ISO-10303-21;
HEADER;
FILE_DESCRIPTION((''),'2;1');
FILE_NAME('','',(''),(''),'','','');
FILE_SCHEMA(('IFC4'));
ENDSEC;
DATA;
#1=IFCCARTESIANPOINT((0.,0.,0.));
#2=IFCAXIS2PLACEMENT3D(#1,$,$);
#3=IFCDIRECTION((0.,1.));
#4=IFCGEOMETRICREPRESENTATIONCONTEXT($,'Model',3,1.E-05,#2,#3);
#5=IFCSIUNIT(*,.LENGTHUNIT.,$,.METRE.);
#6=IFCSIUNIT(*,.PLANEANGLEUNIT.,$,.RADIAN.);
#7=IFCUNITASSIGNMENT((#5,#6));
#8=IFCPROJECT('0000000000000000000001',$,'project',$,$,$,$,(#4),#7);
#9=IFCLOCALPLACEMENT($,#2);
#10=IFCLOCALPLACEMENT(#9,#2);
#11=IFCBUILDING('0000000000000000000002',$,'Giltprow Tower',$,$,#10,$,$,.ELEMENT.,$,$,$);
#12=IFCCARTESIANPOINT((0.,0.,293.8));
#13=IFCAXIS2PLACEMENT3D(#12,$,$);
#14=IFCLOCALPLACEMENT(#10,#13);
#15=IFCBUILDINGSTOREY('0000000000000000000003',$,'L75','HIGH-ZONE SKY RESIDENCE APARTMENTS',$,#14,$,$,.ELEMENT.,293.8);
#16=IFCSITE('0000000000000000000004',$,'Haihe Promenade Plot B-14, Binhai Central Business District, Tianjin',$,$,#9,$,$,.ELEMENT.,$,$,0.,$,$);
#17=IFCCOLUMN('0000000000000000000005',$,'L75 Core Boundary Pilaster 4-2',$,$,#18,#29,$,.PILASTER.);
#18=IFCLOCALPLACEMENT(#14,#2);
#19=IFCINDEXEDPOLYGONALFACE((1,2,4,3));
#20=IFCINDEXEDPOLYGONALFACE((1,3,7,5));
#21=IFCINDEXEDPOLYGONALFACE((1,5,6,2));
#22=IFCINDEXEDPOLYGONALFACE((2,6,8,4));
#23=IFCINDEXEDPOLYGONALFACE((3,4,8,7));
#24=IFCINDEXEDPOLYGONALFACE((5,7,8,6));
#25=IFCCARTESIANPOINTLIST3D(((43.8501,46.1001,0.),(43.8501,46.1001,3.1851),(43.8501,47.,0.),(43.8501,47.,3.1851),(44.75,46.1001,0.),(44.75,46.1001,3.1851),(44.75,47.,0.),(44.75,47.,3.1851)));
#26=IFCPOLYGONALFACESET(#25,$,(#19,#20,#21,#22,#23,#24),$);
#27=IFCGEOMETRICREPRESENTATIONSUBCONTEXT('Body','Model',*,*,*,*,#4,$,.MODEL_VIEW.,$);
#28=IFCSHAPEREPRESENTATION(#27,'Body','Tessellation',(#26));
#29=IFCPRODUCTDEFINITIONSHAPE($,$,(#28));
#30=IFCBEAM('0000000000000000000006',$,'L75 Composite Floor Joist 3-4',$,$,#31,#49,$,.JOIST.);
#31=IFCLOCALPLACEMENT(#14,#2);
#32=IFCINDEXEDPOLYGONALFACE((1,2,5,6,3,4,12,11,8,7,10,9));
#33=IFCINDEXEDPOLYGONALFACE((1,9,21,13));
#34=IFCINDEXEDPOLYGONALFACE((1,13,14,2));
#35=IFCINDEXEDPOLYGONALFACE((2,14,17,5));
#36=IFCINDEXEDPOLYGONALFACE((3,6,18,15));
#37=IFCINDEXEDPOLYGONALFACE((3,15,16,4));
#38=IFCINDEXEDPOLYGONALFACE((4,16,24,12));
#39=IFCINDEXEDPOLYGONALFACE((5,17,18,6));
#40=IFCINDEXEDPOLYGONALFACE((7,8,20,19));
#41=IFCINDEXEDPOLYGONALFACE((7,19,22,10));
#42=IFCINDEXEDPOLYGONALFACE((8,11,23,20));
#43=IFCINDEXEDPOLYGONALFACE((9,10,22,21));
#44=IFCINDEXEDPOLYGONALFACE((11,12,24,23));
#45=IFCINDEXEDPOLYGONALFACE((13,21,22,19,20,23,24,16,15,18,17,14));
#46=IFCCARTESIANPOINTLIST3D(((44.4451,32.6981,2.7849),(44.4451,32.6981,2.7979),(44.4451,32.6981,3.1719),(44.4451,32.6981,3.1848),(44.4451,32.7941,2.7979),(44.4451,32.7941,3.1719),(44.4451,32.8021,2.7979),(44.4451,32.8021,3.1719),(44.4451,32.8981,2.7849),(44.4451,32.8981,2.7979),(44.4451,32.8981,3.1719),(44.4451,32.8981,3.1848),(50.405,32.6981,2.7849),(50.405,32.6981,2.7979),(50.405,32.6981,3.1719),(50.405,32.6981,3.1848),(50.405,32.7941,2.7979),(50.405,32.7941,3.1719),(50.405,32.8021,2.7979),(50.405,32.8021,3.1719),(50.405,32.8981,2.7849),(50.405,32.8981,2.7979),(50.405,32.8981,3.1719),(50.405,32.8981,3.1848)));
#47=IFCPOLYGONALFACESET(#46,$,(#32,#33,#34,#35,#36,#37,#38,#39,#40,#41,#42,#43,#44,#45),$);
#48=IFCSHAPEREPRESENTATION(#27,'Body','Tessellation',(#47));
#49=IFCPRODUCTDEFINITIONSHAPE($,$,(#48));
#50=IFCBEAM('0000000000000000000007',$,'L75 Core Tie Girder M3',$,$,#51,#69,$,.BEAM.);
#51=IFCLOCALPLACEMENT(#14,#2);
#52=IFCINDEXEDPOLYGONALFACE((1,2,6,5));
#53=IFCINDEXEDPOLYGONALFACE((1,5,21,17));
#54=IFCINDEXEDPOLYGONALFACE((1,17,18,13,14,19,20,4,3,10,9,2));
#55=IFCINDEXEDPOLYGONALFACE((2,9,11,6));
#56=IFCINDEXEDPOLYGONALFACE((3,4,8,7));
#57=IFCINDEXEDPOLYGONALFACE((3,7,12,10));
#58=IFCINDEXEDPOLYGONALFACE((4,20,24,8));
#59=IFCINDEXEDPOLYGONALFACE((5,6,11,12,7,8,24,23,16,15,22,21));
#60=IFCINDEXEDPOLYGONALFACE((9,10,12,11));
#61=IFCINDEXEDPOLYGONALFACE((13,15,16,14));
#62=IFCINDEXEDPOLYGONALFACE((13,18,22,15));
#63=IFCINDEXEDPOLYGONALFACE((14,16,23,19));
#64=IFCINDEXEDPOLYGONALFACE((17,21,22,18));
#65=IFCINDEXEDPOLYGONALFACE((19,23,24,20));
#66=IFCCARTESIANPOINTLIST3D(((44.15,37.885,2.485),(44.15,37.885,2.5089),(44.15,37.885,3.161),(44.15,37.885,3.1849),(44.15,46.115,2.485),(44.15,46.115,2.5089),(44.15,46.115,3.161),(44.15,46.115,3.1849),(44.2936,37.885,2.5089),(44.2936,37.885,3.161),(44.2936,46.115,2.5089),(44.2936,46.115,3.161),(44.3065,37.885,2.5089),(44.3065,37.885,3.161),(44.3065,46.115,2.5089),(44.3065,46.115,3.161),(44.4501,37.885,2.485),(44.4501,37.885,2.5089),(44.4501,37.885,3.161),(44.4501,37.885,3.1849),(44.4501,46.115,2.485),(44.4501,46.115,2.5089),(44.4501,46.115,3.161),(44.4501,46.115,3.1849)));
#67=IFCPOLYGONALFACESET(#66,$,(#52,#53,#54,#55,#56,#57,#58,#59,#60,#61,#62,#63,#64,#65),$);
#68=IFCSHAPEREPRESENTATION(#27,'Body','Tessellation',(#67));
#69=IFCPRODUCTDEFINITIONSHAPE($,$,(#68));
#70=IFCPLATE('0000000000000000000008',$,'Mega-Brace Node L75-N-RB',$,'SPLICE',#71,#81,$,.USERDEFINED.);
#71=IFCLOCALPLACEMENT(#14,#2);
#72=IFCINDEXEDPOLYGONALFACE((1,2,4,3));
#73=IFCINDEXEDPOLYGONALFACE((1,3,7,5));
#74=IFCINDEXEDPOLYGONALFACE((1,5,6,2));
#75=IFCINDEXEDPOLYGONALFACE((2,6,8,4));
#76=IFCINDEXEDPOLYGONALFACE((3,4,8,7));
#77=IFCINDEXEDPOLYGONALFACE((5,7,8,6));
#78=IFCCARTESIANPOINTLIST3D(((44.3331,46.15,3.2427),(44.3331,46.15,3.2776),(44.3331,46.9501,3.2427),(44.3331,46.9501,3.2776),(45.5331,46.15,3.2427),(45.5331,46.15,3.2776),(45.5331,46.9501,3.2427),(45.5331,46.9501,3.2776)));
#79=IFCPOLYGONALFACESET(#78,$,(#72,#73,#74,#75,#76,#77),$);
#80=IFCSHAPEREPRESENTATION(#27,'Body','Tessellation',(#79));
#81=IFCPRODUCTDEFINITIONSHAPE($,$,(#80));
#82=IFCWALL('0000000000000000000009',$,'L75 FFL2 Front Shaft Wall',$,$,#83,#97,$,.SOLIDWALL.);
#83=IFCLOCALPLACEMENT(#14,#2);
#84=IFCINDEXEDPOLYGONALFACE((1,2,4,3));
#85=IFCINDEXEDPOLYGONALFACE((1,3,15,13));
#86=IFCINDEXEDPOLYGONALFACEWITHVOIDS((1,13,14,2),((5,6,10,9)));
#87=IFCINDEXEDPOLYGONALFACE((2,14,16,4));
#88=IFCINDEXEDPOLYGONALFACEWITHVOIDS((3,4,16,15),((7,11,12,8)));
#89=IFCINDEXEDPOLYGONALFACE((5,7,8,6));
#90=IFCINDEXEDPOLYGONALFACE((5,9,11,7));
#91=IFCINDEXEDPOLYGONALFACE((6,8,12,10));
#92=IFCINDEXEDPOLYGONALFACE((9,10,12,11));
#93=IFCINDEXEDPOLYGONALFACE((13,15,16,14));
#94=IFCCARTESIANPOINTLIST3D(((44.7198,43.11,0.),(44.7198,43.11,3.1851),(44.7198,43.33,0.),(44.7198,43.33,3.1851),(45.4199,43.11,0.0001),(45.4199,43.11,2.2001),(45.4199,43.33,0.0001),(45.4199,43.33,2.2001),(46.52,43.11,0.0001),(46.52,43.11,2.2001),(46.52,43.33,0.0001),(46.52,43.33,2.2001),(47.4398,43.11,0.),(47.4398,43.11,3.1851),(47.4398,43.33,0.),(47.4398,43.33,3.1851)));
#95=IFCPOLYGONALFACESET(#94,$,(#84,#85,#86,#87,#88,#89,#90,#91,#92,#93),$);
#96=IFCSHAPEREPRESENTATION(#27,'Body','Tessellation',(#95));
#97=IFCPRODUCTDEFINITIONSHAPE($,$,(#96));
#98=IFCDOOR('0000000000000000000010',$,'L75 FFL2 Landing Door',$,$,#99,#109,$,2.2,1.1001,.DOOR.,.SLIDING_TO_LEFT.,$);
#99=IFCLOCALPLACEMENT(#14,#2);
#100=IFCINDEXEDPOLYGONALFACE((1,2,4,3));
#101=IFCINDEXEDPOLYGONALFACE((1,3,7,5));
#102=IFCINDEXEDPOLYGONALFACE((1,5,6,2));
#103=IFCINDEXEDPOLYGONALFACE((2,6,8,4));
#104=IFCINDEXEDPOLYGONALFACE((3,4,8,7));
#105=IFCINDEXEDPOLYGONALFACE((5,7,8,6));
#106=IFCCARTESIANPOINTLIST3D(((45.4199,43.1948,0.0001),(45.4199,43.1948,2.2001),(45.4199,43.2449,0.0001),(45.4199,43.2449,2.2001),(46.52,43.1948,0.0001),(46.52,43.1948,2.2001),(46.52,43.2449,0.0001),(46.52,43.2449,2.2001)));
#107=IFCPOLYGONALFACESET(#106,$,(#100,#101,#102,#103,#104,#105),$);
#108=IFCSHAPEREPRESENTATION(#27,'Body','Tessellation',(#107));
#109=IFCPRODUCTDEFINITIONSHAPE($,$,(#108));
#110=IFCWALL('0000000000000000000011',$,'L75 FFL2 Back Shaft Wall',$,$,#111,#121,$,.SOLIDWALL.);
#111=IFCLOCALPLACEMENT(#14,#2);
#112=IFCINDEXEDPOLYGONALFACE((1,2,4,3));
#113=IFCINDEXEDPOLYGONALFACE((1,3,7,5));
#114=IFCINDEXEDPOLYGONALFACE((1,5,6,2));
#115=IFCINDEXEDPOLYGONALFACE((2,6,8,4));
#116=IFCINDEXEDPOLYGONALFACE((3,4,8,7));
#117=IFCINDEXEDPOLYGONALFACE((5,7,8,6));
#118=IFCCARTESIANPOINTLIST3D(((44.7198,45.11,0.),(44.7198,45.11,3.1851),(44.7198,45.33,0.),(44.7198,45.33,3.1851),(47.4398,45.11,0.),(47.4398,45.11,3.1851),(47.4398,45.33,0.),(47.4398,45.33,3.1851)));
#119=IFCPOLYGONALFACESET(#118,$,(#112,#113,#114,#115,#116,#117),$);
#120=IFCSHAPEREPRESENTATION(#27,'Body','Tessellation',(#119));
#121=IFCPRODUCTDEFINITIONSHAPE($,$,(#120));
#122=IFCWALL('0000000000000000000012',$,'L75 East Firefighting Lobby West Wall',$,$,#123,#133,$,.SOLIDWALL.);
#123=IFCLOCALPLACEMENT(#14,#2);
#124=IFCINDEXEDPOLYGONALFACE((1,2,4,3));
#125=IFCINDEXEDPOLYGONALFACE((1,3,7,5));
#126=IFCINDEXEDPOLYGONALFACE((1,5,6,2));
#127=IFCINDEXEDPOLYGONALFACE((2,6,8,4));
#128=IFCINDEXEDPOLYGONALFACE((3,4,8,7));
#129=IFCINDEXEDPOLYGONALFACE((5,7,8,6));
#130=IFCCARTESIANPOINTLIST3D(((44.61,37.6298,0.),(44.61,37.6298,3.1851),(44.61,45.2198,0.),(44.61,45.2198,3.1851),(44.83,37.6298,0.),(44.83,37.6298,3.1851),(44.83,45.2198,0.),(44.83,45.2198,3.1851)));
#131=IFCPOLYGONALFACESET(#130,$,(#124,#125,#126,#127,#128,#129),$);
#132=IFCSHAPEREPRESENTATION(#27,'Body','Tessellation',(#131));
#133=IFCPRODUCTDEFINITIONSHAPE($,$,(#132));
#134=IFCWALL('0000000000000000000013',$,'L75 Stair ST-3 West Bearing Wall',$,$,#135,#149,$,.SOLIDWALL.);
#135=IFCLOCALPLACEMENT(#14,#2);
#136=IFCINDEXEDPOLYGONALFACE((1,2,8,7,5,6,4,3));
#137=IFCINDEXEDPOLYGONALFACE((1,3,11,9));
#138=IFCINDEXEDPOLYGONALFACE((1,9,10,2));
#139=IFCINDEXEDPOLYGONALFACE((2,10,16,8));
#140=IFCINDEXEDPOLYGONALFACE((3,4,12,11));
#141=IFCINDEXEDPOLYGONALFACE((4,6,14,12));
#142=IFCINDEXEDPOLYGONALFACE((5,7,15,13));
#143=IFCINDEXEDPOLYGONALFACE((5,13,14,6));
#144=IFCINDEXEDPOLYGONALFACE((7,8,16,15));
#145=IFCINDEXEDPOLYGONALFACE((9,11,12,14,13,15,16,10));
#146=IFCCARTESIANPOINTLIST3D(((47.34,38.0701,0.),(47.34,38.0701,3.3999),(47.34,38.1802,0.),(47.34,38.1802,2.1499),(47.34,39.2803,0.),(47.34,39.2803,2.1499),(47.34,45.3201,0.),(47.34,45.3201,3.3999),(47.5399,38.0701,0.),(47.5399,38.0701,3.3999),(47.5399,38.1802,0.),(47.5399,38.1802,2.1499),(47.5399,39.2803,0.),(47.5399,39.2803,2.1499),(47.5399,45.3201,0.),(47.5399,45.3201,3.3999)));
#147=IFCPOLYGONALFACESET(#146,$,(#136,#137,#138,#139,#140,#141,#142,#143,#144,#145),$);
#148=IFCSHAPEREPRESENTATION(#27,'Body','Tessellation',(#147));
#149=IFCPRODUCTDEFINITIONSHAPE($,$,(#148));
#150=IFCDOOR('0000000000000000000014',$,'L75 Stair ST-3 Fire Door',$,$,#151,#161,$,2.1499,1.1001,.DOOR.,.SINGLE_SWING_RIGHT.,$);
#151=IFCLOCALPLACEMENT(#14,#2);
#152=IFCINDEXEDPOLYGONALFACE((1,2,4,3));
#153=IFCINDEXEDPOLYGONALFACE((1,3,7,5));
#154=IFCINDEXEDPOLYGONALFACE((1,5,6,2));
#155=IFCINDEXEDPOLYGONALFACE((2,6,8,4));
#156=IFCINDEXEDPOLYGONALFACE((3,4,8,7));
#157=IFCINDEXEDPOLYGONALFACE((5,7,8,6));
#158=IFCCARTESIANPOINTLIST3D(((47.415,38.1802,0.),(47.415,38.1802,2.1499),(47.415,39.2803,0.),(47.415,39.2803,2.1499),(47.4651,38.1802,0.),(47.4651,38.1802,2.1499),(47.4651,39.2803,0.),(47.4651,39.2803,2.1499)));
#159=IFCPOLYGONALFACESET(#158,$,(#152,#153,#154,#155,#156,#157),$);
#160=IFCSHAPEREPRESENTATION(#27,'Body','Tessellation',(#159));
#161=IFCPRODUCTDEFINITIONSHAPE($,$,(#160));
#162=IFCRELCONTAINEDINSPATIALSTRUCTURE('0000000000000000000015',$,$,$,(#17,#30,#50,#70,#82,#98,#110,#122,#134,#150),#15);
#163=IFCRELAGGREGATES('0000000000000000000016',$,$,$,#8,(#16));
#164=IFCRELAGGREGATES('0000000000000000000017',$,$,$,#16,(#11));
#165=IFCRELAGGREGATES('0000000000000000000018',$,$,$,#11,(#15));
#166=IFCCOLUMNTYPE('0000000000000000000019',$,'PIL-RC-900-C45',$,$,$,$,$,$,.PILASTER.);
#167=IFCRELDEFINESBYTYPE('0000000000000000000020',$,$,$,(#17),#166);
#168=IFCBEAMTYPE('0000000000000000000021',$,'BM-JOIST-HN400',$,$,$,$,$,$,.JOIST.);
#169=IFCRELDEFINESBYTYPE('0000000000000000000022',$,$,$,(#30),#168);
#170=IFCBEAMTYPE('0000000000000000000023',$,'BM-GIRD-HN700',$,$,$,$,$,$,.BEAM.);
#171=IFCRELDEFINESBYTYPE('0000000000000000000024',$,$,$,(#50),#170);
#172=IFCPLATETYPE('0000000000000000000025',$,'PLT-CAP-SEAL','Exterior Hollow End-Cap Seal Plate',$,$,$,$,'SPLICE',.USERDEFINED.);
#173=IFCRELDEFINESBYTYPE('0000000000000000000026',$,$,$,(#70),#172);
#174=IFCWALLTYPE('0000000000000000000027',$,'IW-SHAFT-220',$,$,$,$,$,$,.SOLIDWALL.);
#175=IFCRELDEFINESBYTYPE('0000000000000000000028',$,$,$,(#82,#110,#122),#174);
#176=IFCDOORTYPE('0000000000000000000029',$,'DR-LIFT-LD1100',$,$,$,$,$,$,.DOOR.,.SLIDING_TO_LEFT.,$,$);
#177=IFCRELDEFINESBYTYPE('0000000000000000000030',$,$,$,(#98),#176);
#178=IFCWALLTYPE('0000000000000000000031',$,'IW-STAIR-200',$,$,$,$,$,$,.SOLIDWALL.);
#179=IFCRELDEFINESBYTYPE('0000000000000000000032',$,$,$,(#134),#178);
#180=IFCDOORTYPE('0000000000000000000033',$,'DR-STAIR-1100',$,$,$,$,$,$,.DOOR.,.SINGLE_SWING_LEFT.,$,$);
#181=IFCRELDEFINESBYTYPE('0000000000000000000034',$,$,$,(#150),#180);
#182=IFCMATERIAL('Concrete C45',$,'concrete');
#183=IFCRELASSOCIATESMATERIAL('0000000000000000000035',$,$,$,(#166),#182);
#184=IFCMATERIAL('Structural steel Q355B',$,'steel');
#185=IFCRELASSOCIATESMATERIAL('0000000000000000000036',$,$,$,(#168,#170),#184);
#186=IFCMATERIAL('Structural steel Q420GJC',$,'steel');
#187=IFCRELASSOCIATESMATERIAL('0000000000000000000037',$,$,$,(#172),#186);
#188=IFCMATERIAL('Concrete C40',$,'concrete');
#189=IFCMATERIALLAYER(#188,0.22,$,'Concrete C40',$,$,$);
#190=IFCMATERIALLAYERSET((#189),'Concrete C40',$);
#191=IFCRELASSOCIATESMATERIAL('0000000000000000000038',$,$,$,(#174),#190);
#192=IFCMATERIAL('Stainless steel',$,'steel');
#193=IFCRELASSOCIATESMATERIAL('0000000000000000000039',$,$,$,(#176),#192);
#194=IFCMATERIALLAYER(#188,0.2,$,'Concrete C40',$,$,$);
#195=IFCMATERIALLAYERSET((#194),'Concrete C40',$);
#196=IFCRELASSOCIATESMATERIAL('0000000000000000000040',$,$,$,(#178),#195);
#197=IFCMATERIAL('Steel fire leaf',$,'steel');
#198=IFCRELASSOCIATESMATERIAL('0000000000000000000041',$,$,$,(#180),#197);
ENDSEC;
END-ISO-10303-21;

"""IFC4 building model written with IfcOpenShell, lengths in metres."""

from ifc_helpers import new_model, si_unit, direction, frame, frame_2d, origin, origin_2d, place, context, subcontext, project, spatial, rectangle, i_section, extrude, source, transform, mapped, material, layer, layer_set, material_profile, profile_set, type_object, element, fill, save


model = new_model("IFC4")

# Units and contexts
model_context = context("Model", 3, precision=1e-05, world=origin(), true_north=direction((0.0, 1.0)))
body_context = subcontext(model_context, "Body", "Model", "MODEL_VIEW")
ifc_project = project(units=[si_unit("LENGTHUNIT", "METRE"), si_unit("PLANEANGLEUNIT", "RADIAN")], contexts=[model_context])

# Site, building, storey
site_placement = place(None, origin())
site = spatial("IfcSite", under=ifc_project, at=site_placement, Name="Haihe Promenade Plot B-14, Binhai Central Business District, Tianjin", CompositionType="ELEMENT", RefElevation=0.0)
building_placement = place(site_placement, origin())
building = spatial("IfcBuilding", under=site, at=building_placement, Name="Giltprow Tower", CompositionType="ELEMENT")
storey_placement = place(building_placement, frame((0.0, 0.0, 293.8)))
storey = spatial("IfcBuildingStorey", under=building, at=storey_placement, Name="L75", Description="HIGH-ZONE SKY RESIDENCE APARTMENTS", CompositionType="ELEMENT", Elevation=293.8)

# Column
ifc_material_1 = material(Name="Concrete C45", Category="concrete")
ifc_material_profile_1 = material_profile(ifc_material_1, rectangle(XDim=0.8999, YDim=0.8999, at=origin_2d()), Name="RC 900x900")
ifc_profile_set_1 = profile_set([ifc_material_profile_1], Name="Concrete C45")
column_type = type_object("IfcColumnType", Name="PIL-RC-900-C45", PredefinedType="PILASTER", material=ifc_profile_set_1)
shared_shape_1 = source(origin(), body_context, "Body", "SweptSolid", [
    extrude(rectangle(XDim=0.8999, YDim=0.8999, at=origin_2d()), origin(), (0.0, 0.0, 1.0), 3.1851),
])
column_placement = place(storey_placement, frame((44.3, 46.55, 0.0), z_axis=(0.0, 0.0, 1.0), x_axis=(1.0, 0.0, 0.0)))
element("IfcColumn", 1, at=column_placement, inside=storey, type_object=column_type, Name="L75 Core Boundary Pilaster 4-2", PredefinedType="PILASTER", context=body_context, shape_type="MappedRepresentation", body=[
    mapped(shared_shape_1, transform((0.0, 0.0, 0.0), x_axis=(1.0, 0.0, 0.0), y_axis=(0.0, 1.0, 0.0), z_axis=(0.0, 0.0, 1.0), scale=1.0)),
])

# Beams
ifc_material_2 = material(Name="Structural steel Q355B", Category="steel")
ifc_material_profile_2 = material_profile(ifc_material_2, i_section(OverallWidth=0.2, OverallDepth=0.3999, WebThickness=0.0081, FlangeThickness=0.0129, at=origin_2d()), Name="HN 400x200x8x13")
ifc_profile_set_2 = profile_set([ifc_material_profile_2], Name="Structural steel Q355B")
beam_type_1 = type_object("IfcBeamType", Name="BM-JOIST-HN400", PredefinedType="JOIST", material=ifc_profile_set_2)
shared_shape_2 = source(origin(), body_context, "Body", "SweptSolid", [
    extrude(i_section(OverallWidth=0.2, OverallDepth=0.3999, WebThickness=0.0081, FlangeThickness=0.0129, at=origin_2d()), origin(), (0.0, 0.0, 1.0), 5.96),
])
beam_1_placement = place(storey_placement, frame((44.4451, 32.7981, 2.9849), z_axis=(1.0, 0.0, 0.0), x_axis=(0.0, 1.0, 0.0)))
element("IfcBeam", 2, at=beam_1_placement, inside=storey, type_object=beam_type_1, Name="L75 Composite Floor Joist 3-4", PredefinedType="JOIST", context=body_context, shape_type="MappedRepresentation", body=[
    mapped(shared_shape_2, transform((0.0, 0.0, 0.0), x_axis=(1.0, 0.0, 0.0), y_axis=(0.0, 1.0, 0.0), z_axis=(0.0, 0.0, 1.0), scale=1.0)),
])
ifc_material_profile_3 = material_profile(ifc_material_2, i_section(OverallWidth=0.3, OverallDepth=0.7, WebThickness=0.0129, FlangeThickness=0.0239, at=origin_2d()), Name="HN 700x300x13x24")
ifc_profile_set_3 = profile_set([ifc_material_profile_3], Name="Structural steel Q355B")
beam_type_2 = type_object("IfcBeamType", Name="BM-GIRD-HN700", PredefinedType="BEAM", material=ifc_profile_set_3)
shared_shape_3 = source(origin(), body_context, "Body", "SweptSolid", [
    extrude(i_section(OverallWidth=0.3, OverallDepth=0.7, WebThickness=0.0129, FlangeThickness=0.0239, at=origin_2d()), origin(), (0.0, 0.0, 1.0), 8.23),
])
beam_2_placement = place(storey_placement, frame((44.3, 37.885, 2.835), z_axis=(0.0, 1.0, 0.0), x_axis=(-1.0, 0.0, 0.0)))
element("IfcBeam", 3, at=beam_2_placement, inside=storey, type_object=beam_type_2, Name="L75 Core Tie Girder M3", PredefinedType="BEAM", context=body_context, shape_type="MappedRepresentation", body=[
    mapped(shared_shape_3, transform((0.0, 0.0, 0.0), x_axis=(1.0, 0.0, 0.0), y_axis=(0.0, 1.0, 0.0), z_axis=(0.0, 0.0, 1.0), scale=1.0)),
])

# Plate
ifc_material_3 = material(Name="Structural steel Q420GJC", Category="steel")
plate_type = type_object("IfcPlateType", Name="PLT-CAP-SEAL", Description="Exterior Hollow End-Cap Seal Plate", ElementType="SPLICE", PredefinedType="USERDEFINED", material=ifc_material_3)
shared_shape_4 = source(origin(), body_context, "Body", "SweptSolid", [
    extrude(rectangle(XDim=1.2, YDim=0.8, at=origin_2d()), origin(), (0.0, 0.0, 1.0), 0.0349),
])
plate_placement = place(storey_placement, frame((44.9331, 46.55, 3.2427), z_axis=(0.0, 0.0, 1.0), x_axis=(1.0, 0.0, 0.0)))
element("IfcPlate", 4, at=plate_placement, inside=storey, type_object=plate_type, Name="Mega-Brace Node L75-N-RB", ObjectType="SPLICE", PredefinedType="USERDEFINED", context=body_context, shape_type="MappedRepresentation", body=[
    mapped(shared_shape_4, transform((0.0, 0.0, 0.0), x_axis=(1.0, 0.0, 0.0), y_axis=(0.0, 1.0, 0.0), z_axis=(0.0, 0.0, 1.0), scale=1.0)),
])

# Wall, opening, door
ifc_material_4 = material(Name="Concrete C40", Category="concrete")
ifc_layer_1 = layer(ifc_material_4, 0.22, Name="Concrete C40")
ifc_layer_set_1 = layer_set([ifc_layer_1], Name="Concrete C40")
wall_type_1 = type_object("IfcWallType", Name="IW-SHAFT-220", PredefinedType="SOLIDWALL", material=ifc_layer_set_1)
wall_1_placement = place(storey_placement, frame((44.72, 43.22, 0.0), z_axis=(0.0, 0.0, 1.0), x_axis=(1.0, 0.0, 0.0)))
wall_1 = element("IfcWall", 5, at=wall_1_placement, inside=storey, type_object=wall_type_1, Name="L75 FFL2 Front Shaft Wall", PredefinedType="SOLIDWALL", context=body_context, shape_type="SweptSolid", body=[
    extrude(rectangle(XDim=2.72, YDim=0.22, at=frame_2d((1.3599, 0.0))), origin(), (0.0, 0.0, 1.0), 3.1851),
])
opening_1_placement = place(wall_1_placement, frame((0.7, 0.0, 0.0)))
opening_1 = element("IfcOpeningElement", 6, at=opening_1_placement, cuts=wall_1, PredefinedType="OPENING", context=body_context, shape_type="SweptSolid", body=[
    extrude(rectangle(XDim=1.1001, YDim=2.2, at=frame_2d((0.55, 1.1001))), frame((0.0, 0.1199, 0.0), z_axis=(0.0, -1.0, 0.0), x_axis=(1.0, 0.0, 0.0)), (0.0, 0.0, 1.0), 0.24),
])
ifc_material_5 = material(Name="Stainless steel", Category="steel")
door_type_1 = type_object("IfcDoorType", Name="DR-LIFT-LD1100", OperationType="SLIDING_TO_LEFT", PredefinedType="DOOR", material=ifc_material_5)
shared_shape_5 = source(origin(), body_context, "Body", "SweptSolid", [
    extrude(rectangle(XDim=1.1001, YDim=2.2, at=frame_2d((0.55, 1.1001))), frame((0.0, 0.0249, 0.0), z_axis=(0.0, -1.0, 0.0), x_axis=(1.0, 0.0, 0.0)), (0.0, 0.0, 1.0), 0.05),
])
door_1_placement = place(opening_1_placement, origin())
door_1 = element("IfcDoor", 7, at=door_1_placement, inside=storey, type_object=door_type_1, Name="L75 FFL2 Landing Door", OperationType="SLIDING_TO_LEFT", OverallHeight=2.2, OverallWidth=1.1001, PredefinedType="DOOR", context=body_context, shape_type="MappedRepresentation", body=[
    mapped(shared_shape_5, transform((0.0, 0.0, 0.0), x_axis=(1.0, 0.0, 0.0), y_axis=(0.0, 1.0, 0.0), z_axis=(0.0, 0.0, 1.0), scale=1.0)),
])
fill(opening_1, door_1)

# Walls
wall_2_placement = place(storey_placement, frame((44.72, 45.22, 0.0), z_axis=(0.0, 0.0, 1.0), x_axis=(1.0, 0.0, 0.0)))
element("IfcWall", 8, at=wall_2_placement, inside=storey, type_object=wall_type_1, Name="L75 FFL2 Back Shaft Wall", PredefinedType="SOLIDWALL", context=body_context, shape_type="SweptSolid", body=[
    extrude(rectangle(XDim=2.72, YDim=0.22, at=frame_2d((1.3599, 0.0))), origin(), (0.0, 0.0, 1.0), 3.1851),
])
wall_3_placement = place(storey_placement, frame((44.72, 37.6299, 0.0), z_axis=(0.0, 0.0, 1.0), x_axis=(0.0, 1.0, 0.0)))
element("IfcWall", 9, at=wall_3_placement, inside=storey, type_object=wall_type_1, Name="L75 East Firefighting Lobby West Wall", PredefinedType="SOLIDWALL", context=body_context, shape_type="SweptSolid", body=[
    extrude(rectangle(XDim=7.5901, YDim=0.22, at=frame_2d((3.7949, 0.0))), origin(), (0.0, 0.0, 1.0), 3.1851),
])

# Wall, opening, door
ifc_layer_2 = layer(ifc_material_4, 0.2, Name="Concrete C40")
ifc_layer_set_2 = layer_set([ifc_layer_2], Name="Concrete C40")
wall_type_2 = type_object("IfcWallType", Name="IW-STAIR-200", PredefinedType="SOLIDWALL", material=ifc_layer_set_2)
wall_4_placement = place(storey_placement, frame((47.4399, 38.0701, 0.0), z_axis=(0.0, 0.0, 1.0), x_axis=(0.0, 1.0, 0.0)))
wall_4 = element("IfcWall", 10, at=wall_4_placement, inside=storey, type_object=wall_type_2, Name="L75 Stair ST-3 West Bearing Wall", PredefinedType="SOLIDWALL", context=body_context, shape_type="SweptSolid", body=[
    extrude(rectangle(XDim=7.25, YDim=0.2, at=frame_2d((3.625, 0.0))), origin(), (0.0, 0.0, 1.0), 3.3999),
])
opening_2_placement = place(wall_4_placement, frame((0.1101, 0.0, 0.0)))
opening_2 = element("IfcOpeningElement", 11, at=opening_2_placement, cuts=wall_4, PredefinedType="OPENING", context=body_context, shape_type="SweptSolid", body=[
    extrude(rectangle(XDim=1.1001, YDim=2.1499, at=frame_2d((0.55, 1.075))), frame((0.0, 0.1099, 0.0), z_axis=(0.0, -1.0, 0.0), x_axis=(1.0, 0.0, 0.0)), (0.0, 0.0, 1.0), 0.22),
])
ifc_material_6 = material(Name="Steel fire leaf", Category="steel")
door_type_2 = type_object("IfcDoorType", Name="DR-STAIR-1100", OperationType="SINGLE_SWING_LEFT", PredefinedType="DOOR", material=ifc_material_6)
shared_shape_6 = source(origin(), body_context, "Body", "SweptSolid", [
    extrude(rectangle(XDim=1.1001, YDim=2.1499, at=frame_2d((0.55, 1.075))), frame((0.0, 0.0249, 0.0), z_axis=(0.0, -1.0, 0.0), x_axis=(1.0, 0.0, 0.0)), (0.0, 0.0, 1.0), 0.05),
])
door_2_placement = place(opening_2_placement, origin())
door_2 = element("IfcDoor", 12, at=door_2_placement, inside=storey, type_object=door_type_2, Name="L75 Stair ST-3 Fire Door", OperationType="SINGLE_SWING_RIGHT", OverallHeight=2.1499, OverallWidth=1.1001, PredefinedType="DOOR", context=body_context, shape_type="MappedRepresentation", body=[
    mapped(shared_shape_6, transform((0.0, 0.0, 0.0), x_axis=(1.0, 0.0, 0.0), y_axis=(0.0, 1.0, 0.0), z_axis=(0.0, 0.0, 1.0), scale=1.0)),
])
fill(opening_2, door_2)

save(model, "model.ifc")
